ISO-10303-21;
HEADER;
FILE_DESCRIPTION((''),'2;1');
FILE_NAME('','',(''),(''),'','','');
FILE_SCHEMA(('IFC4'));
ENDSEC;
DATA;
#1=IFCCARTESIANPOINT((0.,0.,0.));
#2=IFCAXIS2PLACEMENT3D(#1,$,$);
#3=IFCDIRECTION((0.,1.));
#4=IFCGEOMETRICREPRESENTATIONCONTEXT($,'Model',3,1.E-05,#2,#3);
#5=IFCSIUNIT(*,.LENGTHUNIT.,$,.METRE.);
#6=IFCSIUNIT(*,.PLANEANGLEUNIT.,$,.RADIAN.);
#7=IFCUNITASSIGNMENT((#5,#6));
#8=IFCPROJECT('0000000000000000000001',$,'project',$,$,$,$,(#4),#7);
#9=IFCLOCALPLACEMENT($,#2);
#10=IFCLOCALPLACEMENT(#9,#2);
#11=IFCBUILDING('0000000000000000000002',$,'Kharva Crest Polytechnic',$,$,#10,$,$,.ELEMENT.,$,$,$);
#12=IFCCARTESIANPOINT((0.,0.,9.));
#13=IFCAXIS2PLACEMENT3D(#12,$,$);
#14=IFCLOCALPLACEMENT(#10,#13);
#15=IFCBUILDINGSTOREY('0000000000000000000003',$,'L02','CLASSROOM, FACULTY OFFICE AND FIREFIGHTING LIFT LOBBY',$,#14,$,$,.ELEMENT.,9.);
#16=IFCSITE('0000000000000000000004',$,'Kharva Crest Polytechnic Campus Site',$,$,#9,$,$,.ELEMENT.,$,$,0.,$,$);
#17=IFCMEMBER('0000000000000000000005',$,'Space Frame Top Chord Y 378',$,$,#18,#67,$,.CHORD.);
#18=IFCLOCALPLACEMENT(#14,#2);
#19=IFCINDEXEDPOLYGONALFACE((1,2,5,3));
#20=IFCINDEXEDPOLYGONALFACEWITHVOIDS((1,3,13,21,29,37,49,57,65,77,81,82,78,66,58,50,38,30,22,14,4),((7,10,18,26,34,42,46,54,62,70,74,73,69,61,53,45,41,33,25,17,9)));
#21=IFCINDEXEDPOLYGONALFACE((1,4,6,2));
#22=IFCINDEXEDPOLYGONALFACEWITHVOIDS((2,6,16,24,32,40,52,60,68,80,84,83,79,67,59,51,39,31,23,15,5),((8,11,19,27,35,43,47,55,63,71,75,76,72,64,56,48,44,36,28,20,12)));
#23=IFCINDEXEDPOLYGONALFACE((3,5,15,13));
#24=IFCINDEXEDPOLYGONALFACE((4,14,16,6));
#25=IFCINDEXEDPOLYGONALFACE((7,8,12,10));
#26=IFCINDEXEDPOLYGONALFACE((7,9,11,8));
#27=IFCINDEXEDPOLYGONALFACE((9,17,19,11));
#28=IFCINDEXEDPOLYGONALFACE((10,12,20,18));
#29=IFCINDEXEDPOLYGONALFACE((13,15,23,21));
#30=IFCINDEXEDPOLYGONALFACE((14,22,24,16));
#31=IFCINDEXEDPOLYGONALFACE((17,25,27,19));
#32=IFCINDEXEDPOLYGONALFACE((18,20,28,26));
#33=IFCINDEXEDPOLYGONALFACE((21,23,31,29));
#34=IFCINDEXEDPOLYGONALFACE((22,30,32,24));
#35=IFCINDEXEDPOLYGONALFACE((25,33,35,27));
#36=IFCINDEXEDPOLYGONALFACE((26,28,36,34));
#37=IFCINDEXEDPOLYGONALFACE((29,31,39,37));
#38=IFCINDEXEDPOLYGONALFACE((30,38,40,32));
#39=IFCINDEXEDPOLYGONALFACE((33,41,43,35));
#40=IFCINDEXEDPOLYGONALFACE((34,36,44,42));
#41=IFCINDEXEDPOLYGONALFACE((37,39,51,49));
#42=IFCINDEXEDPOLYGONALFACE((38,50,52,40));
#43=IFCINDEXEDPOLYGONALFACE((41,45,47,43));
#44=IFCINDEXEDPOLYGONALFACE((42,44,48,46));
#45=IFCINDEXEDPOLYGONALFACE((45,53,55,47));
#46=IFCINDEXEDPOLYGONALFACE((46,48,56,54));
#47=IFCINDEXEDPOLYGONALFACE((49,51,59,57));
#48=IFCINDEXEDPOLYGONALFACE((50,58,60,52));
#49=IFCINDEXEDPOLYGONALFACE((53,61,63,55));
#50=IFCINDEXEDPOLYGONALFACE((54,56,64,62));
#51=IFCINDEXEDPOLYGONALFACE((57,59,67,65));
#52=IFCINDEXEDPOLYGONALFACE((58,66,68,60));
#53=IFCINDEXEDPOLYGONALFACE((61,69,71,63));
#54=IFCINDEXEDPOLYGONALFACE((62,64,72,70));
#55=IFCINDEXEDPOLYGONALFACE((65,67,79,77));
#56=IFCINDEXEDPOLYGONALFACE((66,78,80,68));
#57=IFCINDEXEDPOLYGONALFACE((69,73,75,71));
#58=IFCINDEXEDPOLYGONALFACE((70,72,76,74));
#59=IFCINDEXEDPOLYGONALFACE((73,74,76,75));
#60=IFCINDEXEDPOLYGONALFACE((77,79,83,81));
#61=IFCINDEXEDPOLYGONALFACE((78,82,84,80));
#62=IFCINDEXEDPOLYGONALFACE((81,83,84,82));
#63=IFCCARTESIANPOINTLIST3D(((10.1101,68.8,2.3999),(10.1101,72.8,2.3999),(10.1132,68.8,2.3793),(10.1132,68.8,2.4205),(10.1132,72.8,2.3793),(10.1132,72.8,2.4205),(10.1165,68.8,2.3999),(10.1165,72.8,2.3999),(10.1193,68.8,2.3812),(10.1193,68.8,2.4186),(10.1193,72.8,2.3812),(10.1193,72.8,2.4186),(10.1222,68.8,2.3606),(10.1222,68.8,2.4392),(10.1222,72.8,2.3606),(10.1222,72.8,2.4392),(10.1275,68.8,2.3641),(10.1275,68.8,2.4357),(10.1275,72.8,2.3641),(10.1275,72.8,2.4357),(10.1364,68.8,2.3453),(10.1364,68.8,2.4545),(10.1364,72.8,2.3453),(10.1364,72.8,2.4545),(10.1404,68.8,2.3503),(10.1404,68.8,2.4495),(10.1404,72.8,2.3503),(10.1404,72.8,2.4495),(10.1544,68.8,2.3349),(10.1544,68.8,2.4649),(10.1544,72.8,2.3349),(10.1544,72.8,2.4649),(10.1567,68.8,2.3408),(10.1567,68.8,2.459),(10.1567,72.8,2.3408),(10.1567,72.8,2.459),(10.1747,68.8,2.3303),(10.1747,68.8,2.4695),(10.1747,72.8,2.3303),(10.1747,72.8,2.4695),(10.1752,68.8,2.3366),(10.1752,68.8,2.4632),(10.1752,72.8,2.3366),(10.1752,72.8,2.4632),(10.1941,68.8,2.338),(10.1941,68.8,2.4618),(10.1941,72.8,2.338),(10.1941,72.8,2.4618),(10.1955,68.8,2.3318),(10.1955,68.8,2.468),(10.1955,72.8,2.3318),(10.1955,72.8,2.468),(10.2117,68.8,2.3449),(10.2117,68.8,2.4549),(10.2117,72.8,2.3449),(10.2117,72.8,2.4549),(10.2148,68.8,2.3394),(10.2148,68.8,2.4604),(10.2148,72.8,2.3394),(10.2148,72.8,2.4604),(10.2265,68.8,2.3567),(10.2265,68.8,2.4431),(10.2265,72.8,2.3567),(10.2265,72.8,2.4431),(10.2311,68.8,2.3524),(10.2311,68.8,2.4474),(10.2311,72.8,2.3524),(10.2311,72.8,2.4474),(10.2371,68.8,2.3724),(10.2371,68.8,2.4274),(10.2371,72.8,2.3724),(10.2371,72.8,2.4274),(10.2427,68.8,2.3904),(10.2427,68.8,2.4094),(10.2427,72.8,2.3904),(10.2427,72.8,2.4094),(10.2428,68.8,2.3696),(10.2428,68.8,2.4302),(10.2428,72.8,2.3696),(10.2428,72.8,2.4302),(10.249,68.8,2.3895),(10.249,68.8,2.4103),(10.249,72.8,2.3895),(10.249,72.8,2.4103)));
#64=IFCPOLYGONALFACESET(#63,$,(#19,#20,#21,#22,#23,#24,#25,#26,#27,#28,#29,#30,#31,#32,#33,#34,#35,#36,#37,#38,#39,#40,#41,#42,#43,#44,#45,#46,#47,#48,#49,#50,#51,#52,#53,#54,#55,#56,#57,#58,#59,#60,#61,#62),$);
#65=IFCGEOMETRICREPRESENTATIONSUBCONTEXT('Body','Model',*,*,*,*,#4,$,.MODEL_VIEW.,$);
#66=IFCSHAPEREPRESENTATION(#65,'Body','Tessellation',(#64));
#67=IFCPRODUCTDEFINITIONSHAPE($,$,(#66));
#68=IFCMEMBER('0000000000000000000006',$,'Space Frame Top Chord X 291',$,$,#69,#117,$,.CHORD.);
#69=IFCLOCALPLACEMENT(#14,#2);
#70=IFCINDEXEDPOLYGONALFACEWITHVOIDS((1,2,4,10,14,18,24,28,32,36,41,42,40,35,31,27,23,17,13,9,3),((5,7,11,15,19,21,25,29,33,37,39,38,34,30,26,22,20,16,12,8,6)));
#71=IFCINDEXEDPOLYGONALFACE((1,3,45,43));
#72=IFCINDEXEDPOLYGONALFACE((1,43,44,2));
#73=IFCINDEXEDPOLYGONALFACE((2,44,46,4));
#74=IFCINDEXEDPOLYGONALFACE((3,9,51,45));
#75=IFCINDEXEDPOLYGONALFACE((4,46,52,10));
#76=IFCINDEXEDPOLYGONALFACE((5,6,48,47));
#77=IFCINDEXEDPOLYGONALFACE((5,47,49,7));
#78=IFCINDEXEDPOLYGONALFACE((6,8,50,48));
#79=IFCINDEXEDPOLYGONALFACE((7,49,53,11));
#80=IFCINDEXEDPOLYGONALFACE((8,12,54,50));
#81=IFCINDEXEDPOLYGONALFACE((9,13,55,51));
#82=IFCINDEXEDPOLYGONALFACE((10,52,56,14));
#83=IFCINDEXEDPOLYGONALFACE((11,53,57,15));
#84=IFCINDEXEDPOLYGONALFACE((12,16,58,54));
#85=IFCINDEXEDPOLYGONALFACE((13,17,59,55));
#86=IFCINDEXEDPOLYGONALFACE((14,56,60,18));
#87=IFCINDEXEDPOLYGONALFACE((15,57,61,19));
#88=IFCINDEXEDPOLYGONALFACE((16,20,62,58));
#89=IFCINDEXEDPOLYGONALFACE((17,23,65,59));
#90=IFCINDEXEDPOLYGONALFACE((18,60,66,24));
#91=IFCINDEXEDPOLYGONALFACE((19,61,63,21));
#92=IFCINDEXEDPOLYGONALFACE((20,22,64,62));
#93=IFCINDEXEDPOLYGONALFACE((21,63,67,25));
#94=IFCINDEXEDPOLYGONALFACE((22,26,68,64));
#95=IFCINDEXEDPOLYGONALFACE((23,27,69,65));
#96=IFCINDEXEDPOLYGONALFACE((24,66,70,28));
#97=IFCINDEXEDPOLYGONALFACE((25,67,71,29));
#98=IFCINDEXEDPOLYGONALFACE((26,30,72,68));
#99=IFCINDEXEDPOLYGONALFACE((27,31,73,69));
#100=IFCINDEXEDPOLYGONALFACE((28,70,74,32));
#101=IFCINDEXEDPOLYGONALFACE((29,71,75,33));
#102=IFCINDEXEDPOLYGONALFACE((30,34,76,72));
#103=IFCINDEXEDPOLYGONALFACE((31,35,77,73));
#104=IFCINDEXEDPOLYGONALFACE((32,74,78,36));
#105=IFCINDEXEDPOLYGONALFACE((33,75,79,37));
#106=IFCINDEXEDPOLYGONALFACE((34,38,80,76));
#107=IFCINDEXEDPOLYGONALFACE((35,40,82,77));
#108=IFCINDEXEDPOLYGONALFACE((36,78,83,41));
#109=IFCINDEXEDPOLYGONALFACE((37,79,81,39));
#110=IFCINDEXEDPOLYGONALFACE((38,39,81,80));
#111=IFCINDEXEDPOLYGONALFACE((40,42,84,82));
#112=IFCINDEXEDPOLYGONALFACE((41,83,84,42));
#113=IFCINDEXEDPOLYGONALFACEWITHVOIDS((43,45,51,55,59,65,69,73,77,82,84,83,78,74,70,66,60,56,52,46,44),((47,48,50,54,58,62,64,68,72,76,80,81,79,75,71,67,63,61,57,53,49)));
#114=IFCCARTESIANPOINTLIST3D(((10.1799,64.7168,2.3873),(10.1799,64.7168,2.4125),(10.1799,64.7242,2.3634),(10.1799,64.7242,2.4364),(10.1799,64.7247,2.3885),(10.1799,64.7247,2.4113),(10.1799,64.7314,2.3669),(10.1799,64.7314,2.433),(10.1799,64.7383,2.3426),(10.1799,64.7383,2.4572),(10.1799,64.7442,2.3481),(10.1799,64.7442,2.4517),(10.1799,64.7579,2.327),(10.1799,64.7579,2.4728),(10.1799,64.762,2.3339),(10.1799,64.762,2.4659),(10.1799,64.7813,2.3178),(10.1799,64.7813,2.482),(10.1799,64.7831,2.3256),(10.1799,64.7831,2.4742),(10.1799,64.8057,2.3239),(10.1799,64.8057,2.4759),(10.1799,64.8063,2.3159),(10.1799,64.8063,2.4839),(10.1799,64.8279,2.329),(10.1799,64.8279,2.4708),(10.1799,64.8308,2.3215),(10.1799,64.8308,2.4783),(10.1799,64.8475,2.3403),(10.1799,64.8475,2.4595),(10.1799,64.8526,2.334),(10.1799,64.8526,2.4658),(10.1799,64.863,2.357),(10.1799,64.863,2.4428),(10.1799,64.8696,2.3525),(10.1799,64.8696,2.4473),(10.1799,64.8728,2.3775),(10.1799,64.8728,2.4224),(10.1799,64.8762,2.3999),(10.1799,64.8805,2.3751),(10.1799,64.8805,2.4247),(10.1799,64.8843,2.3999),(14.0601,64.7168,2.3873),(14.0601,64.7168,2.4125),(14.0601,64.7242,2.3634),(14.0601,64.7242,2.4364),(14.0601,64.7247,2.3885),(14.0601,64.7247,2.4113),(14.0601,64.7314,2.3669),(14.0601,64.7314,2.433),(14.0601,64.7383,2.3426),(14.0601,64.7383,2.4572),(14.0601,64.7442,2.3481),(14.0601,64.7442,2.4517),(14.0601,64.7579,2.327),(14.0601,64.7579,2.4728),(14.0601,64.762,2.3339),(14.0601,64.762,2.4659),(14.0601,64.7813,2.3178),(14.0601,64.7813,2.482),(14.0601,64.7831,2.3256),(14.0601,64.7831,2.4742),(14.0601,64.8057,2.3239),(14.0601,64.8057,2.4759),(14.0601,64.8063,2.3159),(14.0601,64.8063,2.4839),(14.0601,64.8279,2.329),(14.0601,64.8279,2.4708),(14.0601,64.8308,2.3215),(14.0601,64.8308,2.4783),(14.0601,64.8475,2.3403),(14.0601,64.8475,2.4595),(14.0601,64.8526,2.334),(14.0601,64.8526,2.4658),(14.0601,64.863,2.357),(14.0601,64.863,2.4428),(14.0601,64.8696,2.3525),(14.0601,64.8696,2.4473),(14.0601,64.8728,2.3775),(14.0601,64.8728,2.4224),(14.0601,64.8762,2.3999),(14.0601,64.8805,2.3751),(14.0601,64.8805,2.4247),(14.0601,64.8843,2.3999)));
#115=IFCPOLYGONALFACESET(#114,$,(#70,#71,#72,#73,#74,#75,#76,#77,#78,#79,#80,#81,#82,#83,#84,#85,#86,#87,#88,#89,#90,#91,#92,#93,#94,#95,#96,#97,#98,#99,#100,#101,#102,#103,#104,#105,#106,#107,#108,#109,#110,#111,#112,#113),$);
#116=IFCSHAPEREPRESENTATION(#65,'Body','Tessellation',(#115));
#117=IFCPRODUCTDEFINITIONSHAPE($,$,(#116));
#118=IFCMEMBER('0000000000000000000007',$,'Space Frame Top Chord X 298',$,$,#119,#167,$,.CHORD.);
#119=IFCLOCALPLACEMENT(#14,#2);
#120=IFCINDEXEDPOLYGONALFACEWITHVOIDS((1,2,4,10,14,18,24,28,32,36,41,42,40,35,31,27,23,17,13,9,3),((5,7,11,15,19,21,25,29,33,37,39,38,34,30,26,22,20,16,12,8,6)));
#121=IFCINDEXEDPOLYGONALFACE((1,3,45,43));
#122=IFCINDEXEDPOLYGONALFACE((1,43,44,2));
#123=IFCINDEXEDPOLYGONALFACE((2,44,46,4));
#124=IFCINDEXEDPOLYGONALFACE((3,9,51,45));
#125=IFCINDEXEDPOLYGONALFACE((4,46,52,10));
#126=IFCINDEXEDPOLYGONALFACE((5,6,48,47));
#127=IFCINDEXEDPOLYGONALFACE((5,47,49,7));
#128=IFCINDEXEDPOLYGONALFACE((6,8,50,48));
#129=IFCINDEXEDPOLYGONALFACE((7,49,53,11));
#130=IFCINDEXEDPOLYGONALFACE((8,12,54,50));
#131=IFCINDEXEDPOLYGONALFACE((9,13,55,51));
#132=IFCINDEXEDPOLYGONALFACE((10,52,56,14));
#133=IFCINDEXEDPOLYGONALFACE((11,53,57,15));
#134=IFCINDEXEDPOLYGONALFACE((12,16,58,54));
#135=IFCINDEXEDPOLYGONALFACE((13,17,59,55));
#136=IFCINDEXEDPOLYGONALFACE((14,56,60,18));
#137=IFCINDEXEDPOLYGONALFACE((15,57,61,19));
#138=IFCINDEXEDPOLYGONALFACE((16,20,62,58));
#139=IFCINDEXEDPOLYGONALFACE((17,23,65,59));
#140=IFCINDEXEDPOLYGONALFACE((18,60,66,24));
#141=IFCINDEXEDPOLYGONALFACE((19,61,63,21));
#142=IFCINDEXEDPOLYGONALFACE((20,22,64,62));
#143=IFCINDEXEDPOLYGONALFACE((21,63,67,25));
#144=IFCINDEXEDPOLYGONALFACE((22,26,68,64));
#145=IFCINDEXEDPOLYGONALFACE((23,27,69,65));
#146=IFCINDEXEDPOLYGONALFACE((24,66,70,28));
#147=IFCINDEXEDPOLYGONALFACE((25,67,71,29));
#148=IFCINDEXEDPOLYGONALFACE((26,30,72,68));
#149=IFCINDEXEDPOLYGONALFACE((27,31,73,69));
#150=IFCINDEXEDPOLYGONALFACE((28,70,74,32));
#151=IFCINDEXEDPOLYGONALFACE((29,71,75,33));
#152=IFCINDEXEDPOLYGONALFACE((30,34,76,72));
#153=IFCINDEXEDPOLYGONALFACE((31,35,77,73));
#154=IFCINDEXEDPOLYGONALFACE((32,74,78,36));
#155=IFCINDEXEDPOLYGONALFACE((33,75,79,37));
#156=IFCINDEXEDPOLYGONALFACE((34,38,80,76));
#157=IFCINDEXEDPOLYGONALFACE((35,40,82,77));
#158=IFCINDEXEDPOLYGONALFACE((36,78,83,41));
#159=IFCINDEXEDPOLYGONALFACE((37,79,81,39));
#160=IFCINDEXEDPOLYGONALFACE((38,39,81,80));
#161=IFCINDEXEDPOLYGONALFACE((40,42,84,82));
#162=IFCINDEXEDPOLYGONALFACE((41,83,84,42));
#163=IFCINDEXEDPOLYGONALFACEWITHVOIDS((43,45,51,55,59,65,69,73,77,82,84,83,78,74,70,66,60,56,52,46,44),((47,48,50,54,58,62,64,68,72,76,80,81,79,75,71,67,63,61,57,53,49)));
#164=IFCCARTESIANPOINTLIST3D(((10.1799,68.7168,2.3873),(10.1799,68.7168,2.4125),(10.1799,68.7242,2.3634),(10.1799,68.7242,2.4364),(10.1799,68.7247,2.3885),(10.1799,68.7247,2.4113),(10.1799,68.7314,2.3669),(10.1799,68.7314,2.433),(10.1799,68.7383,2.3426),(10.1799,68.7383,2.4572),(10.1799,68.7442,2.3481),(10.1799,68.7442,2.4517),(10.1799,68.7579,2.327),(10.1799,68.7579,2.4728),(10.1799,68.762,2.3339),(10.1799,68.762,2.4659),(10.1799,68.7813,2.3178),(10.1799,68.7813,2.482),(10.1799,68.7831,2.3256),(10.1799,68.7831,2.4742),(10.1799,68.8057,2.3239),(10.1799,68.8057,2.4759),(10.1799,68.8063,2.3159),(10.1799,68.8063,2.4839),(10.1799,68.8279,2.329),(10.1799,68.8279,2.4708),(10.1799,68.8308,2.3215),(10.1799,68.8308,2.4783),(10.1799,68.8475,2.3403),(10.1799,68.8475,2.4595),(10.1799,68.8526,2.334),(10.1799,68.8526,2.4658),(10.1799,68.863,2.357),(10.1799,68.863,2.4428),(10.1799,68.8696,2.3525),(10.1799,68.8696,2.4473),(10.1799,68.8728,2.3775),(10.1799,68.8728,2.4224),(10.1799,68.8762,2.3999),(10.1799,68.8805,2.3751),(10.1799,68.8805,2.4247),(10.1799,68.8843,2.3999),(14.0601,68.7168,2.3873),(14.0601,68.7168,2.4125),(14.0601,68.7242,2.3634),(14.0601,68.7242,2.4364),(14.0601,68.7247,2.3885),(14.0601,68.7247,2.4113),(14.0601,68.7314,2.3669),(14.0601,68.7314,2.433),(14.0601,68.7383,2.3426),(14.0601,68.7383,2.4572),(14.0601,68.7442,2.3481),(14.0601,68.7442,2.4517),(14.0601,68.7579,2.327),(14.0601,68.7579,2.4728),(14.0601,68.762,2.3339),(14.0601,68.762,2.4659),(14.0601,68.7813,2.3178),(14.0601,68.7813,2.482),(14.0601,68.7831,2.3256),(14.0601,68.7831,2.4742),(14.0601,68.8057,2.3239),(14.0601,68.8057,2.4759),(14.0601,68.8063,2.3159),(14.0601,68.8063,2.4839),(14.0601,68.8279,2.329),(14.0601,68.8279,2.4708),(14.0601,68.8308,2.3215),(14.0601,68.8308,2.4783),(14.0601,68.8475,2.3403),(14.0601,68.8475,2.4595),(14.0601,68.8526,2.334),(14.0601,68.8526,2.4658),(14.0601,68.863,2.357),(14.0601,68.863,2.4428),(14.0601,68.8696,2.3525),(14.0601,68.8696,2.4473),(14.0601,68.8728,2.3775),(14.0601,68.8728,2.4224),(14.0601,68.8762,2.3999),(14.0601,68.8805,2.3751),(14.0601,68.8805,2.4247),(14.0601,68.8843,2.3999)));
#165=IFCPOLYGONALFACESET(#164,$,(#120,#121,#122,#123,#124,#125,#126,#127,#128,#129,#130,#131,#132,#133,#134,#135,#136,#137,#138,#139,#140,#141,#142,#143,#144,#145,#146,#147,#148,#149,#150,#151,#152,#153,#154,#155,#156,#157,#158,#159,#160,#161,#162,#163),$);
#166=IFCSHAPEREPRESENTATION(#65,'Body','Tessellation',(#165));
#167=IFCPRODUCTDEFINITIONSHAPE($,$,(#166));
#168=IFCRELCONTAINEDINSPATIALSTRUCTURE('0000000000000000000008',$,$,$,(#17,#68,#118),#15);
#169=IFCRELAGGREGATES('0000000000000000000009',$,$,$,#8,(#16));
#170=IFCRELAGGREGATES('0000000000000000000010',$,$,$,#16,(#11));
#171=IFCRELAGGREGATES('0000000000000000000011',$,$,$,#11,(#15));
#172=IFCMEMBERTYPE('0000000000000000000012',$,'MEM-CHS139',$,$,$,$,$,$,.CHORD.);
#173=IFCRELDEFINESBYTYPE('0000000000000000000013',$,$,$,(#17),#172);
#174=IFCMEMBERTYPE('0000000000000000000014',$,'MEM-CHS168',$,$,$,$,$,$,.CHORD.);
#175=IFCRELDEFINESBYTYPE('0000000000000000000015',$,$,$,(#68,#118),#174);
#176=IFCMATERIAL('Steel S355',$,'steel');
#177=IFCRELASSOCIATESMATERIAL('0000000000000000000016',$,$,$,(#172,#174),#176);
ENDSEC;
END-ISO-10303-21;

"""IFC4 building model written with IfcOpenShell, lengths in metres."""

from ifc_helpers import new_model, si_unit, direction, frame, origin, origin_2d, place, context, subcontext, project, spatial, hollow_circle, extrude, material, material_profile, profile_set, type_object, element, save


model = new_model("IFC4")

# Units and contexts
model_context = context("Model", 3, precision=1e-05, world=origin(), true_north=direction((0.0, 1.0)))
body_context = subcontext(model_context, "Body", "Model", "MODEL_VIEW")
ifc_project = project(units=[si_unit("LENGTHUNIT", "METRE"), si_unit("PLANEANGLEUNIT", "RADIAN")], contexts=[model_context])

# Site, building, storey
site_placement = place(None, origin())
site = spatial("IfcSite", under=ifc_project, at=site_placement, Name="Kharva Crest Polytechnic Campus Site", CompositionType="ELEMENT", RefElevation=0.0)
building_placement = place(site_placement, origin())
building = spatial("IfcBuilding", under=site, at=building_placement, Name="Kharva Crest Polytechnic", CompositionType="ELEMENT")
storey_placement = place(building_placement, frame((0.0, 0.0, 9.0)))
storey = spatial("IfcBuildingStorey", under=building, at=storey_placement, Name="L02", Description="CLASSROOM, FACULTY OFFICE AND FIREFIGHTING LIFT LOBBY", CompositionType="ELEMENT", Elevation=9.0)

# Shared definitions
ifc_material_1 = material(Name="Steel S355", Category="steel")

# Members
ifc_material_profile_1 = material_profile(ifc_material_1, hollow_circle(Radius=0.0698, WallThickness=0.0063, at=origin_2d()), Name="CHS 139.7X6.3")
ifc_profile_set_1 = profile_set([ifc_material_profile_1], Name="Steel S355")
member_type_1 = type_object("IfcMemberType", Name="MEM-CHS139", PredefinedType="CHORD", material=ifc_profile_set_1)
for number, where, z_axis, x_axis, name in (
    (1, (10.1799, 68.8, 2.3999), (0.0, 1.0, 0.0), (-1.0, 0.0, 0.0), "Space Frame Top Chord Y 378"),
):
    element("IfcMember", number, at=place(storey_placement, frame(where, z_axis=z_axis, x_axis=x_axis)), inside=storey, type_object=member_type_1, Name=name, PredefinedType="CHORD", context=body_context, shape_type="SweptSolid", body=[
        extrude(hollow_circle(Radius=0.0698, WallThickness=0.0063, at=origin_2d()), origin(), (0.0, 0.0, 1.0), 4.0),
    ])
ifc_material_profile_2 = material_profile(ifc_material_1, hollow_circle(Radius=0.0842, WallThickness=0.0081, at=origin_2d()), Name="CHS 168.3X8.0")
ifc_profile_set_2 = profile_set([ifc_material_profile_2], Name="Steel S355")
member_type_2 = type_object("IfcMemberType", Name="MEM-CHS168", PredefinedType="CHORD", material=ifc_profile_set_2)
for number, where, z_axis, x_axis, name in (
    (2, (10.1799, 64.8, 2.3999), (1.0, 0.0, 0.0), (0.0, 1.0, 0.0), "Space Frame Top Chord X 291"),
    (3, (10.1799, 68.8, 2.3999), (1.0, 0.0, 0.0), (0.0, 1.0, 0.0), "Space Frame Top Chord X 298"),
):
    element("IfcMember", number, at=place(storey_placement, frame(where, z_axis=z_axis, x_axis=x_axis)), inside=storey, type_object=member_type_2, Name=name, PredefinedType="CHORD", context=body_context, shape_type="SweptSolid", body=[
        extrude(hollow_circle(Radius=0.0842, WallThickness=0.0081, at=origin_2d()), origin(), (0.0, 0.0, 1.0), 3.8801),
    ])

save(model, "model.ifc")
